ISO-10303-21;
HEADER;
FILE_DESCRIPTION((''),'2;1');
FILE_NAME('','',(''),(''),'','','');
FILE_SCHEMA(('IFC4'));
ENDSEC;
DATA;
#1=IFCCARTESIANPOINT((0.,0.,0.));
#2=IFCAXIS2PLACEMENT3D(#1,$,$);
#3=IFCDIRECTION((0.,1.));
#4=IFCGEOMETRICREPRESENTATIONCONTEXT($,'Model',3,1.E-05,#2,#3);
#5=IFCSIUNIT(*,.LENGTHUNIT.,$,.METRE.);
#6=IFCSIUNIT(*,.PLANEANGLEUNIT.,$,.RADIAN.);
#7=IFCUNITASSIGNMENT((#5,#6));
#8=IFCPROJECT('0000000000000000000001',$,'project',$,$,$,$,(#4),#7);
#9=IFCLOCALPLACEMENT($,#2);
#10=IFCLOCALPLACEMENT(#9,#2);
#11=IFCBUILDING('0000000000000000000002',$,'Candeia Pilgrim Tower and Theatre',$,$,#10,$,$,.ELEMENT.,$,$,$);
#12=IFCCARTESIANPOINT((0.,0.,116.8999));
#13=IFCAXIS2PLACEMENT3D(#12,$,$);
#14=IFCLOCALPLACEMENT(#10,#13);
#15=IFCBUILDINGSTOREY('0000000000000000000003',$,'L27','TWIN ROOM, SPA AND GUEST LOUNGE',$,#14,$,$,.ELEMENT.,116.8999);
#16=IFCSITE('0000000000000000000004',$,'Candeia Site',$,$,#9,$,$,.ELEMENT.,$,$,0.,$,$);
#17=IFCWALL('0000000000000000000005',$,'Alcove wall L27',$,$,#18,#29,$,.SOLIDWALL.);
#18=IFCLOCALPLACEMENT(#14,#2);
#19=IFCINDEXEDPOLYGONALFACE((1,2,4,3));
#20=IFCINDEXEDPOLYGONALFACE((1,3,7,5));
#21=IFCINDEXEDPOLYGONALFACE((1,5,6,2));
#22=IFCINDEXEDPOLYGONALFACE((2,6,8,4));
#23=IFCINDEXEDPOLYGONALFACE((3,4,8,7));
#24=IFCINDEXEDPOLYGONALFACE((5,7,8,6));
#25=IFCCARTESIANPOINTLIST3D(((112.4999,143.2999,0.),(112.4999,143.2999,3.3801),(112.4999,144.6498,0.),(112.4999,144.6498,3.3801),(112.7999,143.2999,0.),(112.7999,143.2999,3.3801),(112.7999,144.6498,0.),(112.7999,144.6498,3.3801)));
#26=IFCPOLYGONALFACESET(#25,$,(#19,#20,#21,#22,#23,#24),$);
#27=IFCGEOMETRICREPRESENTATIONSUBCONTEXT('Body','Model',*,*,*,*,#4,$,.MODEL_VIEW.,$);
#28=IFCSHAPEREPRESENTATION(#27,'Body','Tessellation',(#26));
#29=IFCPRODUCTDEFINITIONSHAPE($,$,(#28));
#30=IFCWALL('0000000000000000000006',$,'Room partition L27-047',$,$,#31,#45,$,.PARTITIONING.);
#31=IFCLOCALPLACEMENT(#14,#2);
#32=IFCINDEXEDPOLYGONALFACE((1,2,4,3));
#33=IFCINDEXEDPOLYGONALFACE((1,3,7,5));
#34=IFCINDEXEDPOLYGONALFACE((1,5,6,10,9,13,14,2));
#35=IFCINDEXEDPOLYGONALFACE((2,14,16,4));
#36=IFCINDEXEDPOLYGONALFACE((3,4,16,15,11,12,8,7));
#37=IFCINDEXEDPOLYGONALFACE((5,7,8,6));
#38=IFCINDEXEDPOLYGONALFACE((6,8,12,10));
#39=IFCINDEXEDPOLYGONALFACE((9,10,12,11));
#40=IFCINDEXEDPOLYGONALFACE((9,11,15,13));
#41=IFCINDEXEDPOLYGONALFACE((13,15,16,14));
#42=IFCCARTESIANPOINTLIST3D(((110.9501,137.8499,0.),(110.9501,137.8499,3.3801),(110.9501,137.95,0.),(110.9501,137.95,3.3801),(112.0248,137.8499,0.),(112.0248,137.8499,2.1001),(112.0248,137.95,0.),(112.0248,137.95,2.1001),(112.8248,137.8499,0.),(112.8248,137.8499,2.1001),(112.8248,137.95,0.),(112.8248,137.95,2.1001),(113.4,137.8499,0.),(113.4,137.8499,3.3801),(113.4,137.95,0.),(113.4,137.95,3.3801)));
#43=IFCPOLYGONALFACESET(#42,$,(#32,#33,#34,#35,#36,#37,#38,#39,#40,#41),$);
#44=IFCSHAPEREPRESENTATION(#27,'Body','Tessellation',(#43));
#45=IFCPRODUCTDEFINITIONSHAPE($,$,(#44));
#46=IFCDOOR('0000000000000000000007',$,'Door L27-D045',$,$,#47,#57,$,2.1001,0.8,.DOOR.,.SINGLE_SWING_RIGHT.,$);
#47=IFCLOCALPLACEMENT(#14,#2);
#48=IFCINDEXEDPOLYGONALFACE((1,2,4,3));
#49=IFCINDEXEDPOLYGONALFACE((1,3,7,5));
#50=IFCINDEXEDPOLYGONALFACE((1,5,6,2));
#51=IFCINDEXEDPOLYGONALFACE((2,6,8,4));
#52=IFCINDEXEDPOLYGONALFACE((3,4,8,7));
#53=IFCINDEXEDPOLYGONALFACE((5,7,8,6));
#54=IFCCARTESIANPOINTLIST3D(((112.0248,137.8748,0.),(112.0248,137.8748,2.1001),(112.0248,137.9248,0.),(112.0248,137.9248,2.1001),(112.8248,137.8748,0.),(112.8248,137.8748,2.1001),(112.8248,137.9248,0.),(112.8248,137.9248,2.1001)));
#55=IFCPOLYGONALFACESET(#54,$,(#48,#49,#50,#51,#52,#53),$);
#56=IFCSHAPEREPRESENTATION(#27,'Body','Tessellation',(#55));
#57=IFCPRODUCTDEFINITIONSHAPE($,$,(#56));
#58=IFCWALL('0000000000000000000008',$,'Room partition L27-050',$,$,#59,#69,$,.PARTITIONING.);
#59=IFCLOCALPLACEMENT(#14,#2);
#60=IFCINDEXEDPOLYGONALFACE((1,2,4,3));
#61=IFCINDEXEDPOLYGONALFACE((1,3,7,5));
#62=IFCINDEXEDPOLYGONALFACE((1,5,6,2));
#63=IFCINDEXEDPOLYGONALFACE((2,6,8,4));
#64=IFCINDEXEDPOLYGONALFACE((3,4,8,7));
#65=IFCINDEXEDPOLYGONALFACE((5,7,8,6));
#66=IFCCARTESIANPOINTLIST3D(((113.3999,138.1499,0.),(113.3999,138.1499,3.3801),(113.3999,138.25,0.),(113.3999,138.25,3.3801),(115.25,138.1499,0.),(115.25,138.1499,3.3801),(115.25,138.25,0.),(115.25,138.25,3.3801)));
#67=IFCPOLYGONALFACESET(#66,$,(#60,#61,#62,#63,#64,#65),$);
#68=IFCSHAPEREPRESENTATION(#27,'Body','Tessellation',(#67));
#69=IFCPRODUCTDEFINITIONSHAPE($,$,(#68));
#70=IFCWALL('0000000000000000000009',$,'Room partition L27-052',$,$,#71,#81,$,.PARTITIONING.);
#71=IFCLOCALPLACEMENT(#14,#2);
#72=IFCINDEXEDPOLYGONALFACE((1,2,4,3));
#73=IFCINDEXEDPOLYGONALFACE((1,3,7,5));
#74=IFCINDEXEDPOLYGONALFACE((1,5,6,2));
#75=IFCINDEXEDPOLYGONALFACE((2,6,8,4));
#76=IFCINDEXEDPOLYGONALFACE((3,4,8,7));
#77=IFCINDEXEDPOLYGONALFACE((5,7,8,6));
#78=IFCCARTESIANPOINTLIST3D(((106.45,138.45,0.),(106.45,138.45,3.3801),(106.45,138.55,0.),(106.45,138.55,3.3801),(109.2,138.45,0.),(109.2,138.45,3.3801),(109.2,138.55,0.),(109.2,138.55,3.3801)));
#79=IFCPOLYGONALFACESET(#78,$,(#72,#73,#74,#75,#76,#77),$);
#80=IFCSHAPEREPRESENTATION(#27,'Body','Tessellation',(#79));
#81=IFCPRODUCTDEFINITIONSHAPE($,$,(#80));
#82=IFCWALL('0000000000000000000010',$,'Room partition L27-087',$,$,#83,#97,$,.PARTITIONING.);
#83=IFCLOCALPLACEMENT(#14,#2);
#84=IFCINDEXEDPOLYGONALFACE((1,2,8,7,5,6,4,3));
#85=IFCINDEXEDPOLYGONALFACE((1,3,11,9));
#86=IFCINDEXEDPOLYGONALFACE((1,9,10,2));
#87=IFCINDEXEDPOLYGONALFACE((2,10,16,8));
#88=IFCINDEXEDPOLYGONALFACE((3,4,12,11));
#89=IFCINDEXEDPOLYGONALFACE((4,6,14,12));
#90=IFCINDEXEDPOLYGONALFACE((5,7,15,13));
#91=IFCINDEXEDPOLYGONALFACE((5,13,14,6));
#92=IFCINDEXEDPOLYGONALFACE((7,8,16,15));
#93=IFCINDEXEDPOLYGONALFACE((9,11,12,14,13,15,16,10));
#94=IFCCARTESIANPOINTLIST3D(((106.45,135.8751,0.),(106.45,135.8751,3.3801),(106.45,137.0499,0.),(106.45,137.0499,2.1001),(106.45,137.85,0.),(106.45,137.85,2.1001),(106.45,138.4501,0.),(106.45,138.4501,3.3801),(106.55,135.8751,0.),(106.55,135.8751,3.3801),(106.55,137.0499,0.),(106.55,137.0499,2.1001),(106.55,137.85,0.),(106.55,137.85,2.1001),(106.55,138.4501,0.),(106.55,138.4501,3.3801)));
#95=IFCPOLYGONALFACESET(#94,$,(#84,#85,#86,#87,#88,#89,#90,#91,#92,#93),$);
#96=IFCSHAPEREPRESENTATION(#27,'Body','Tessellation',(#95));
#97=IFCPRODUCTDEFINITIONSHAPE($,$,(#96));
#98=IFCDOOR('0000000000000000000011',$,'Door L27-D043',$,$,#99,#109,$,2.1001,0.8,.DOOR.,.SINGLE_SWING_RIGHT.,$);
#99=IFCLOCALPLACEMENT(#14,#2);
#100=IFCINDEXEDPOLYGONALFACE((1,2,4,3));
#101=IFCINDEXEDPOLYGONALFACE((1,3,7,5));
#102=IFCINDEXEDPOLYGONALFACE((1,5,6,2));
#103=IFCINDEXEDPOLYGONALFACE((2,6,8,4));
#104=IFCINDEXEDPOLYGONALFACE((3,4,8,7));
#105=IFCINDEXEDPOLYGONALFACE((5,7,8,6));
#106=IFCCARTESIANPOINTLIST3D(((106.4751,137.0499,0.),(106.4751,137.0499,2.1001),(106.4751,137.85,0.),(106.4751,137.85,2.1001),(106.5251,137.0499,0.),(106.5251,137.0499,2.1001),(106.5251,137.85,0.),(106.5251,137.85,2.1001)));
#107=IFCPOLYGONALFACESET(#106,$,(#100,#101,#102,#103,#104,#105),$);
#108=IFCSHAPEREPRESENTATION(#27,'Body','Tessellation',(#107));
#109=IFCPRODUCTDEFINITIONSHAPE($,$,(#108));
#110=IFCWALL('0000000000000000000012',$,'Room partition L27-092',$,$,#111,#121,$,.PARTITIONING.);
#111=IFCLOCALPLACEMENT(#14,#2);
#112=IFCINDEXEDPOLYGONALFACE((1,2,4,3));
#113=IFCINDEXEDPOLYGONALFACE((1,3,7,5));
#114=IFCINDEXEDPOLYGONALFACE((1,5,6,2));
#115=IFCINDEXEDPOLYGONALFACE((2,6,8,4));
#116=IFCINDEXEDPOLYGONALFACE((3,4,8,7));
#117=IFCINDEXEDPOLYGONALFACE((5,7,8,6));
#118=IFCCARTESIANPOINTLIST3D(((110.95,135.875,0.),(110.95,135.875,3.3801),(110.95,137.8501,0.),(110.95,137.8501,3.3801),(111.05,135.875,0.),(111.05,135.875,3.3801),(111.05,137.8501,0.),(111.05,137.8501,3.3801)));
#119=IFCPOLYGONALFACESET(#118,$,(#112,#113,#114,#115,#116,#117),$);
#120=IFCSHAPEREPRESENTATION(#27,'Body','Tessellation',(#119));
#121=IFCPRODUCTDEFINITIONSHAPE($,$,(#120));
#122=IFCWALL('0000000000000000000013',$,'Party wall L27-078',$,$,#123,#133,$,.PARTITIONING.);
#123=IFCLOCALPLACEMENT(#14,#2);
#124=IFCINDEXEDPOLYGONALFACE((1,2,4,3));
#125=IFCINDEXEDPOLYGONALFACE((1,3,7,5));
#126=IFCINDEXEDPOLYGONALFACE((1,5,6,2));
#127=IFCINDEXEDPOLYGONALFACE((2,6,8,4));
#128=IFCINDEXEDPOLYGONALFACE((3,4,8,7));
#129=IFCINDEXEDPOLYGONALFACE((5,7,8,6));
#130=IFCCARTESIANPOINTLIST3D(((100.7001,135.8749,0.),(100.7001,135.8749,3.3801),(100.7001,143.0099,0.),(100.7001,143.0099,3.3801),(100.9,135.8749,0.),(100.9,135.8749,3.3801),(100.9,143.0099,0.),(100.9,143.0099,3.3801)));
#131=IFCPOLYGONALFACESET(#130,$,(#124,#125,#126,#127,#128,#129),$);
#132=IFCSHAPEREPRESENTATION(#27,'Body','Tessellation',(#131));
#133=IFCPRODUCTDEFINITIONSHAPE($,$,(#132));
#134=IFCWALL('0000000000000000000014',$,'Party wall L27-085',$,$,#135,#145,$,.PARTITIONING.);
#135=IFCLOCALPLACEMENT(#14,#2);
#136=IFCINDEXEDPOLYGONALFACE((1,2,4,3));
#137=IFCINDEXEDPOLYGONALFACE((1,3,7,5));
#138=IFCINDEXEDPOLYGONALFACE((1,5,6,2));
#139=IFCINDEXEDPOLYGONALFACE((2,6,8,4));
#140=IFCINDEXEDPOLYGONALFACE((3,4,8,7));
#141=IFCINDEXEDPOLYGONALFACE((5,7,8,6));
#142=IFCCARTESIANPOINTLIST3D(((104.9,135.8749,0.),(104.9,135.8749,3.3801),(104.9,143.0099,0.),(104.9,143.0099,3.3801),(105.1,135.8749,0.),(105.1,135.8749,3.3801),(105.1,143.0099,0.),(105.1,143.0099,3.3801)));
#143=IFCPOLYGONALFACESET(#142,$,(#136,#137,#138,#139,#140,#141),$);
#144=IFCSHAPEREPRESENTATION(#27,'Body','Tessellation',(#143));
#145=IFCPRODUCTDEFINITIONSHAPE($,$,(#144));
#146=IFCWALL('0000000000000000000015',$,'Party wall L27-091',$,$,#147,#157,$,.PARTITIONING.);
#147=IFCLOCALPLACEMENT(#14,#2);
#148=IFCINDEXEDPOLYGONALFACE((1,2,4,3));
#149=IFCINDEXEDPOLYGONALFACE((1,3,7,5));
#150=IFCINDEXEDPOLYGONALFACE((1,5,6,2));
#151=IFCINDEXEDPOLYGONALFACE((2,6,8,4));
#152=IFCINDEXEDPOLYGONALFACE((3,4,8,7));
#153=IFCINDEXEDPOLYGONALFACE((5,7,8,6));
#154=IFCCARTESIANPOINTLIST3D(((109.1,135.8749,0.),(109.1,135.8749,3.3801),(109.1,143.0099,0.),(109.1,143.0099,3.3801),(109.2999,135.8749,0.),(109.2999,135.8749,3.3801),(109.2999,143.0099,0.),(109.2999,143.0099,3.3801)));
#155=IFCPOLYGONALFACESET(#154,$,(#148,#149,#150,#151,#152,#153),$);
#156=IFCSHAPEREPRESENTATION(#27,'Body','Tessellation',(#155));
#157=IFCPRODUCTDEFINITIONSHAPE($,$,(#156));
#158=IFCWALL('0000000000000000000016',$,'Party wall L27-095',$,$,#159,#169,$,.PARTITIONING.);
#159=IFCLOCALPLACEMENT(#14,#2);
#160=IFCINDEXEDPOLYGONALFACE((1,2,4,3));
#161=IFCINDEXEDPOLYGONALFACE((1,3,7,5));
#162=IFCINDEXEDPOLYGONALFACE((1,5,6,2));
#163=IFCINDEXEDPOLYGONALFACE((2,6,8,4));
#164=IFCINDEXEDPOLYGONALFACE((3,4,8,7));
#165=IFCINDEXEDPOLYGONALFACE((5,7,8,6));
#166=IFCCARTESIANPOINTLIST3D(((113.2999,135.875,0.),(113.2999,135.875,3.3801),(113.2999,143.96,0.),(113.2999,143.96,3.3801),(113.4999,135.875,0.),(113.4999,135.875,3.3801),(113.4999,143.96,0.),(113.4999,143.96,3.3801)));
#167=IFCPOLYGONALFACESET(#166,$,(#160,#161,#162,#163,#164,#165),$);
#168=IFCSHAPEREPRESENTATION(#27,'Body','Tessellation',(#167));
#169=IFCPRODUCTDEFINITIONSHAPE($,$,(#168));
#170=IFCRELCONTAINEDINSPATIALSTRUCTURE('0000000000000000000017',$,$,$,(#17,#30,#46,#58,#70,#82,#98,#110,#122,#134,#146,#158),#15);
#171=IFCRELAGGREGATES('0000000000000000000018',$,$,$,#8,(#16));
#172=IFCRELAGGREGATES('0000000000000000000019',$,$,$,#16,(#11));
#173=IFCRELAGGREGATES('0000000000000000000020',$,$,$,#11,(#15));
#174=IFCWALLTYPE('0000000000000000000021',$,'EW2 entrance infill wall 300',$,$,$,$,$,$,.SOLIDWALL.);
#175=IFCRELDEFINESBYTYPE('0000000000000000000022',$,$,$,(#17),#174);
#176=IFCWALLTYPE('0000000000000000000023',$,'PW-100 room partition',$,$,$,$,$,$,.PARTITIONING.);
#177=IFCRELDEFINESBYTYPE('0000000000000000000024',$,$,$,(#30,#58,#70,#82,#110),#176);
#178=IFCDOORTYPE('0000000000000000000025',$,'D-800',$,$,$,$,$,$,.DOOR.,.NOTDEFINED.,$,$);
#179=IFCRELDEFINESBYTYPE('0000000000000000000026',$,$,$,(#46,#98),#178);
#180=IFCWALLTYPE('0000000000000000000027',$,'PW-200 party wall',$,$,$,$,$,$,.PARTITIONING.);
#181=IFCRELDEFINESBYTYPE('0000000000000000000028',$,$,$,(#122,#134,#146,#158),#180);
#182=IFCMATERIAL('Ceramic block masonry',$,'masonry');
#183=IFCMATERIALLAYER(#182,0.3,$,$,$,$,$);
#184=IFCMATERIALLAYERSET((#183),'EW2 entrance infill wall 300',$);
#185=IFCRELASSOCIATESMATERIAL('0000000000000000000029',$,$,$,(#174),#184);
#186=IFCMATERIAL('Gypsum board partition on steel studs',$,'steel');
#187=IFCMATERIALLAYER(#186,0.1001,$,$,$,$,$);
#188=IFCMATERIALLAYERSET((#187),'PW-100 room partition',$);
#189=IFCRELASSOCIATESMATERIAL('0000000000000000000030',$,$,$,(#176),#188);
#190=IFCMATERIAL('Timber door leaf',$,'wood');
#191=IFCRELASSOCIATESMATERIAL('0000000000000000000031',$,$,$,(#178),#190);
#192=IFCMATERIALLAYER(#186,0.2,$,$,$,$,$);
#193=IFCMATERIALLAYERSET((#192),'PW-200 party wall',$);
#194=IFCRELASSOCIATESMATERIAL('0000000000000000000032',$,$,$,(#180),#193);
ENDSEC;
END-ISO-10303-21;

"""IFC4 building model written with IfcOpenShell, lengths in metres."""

from ifc_helpers import new_model, si_unit, direction, frame, frame_2d, origin, place, context, subcontext, project, spatial, rectangle, extrude, material, layer, layer_set, type_object, element, fill, save


model = new_model("IFC4")

# Units and contexts
model_context = context("Model", 3, precision=1e-05, world=origin(), true_north=direction((0.0, 1.0)))
body_context = subcontext(model_context, "Body", "Model", "MODEL_VIEW")
ifc_project = project(units=[si_unit("LENGTHUNIT", "METRE"), si_unit("PLANEANGLEUNIT", "RADIAN")], contexts=[model_context])

# Site, building, storey
site_placement = place(None, origin())
site = spatial("IfcSite", under=ifc_project, at=site_placement, Name="Candeia Site", CompositionType="ELEMENT", RefElevation=0.0)
building_placement = place(site_placement, origin())
building = spatial("IfcBuilding", under=site, at=building_placement, Name="Candeia Pilgrim Tower and Theatre", CompositionType="ELEMENT")
storey_placement = place(building_placement, frame((0.0, 0.0, 116.8999)))
storey = spatial("IfcBuildingStorey", under=building, at=storey_placement, Name="L27", Description="TWIN ROOM, SPA AND GUEST LOUNGE", CompositionType="ELEMENT", Elevation=116.8999)

# Shared definitions
ifc_material_1 = material(Name="Ceramic block masonry", Category="masonry")

# Wall
ifc_layer_1 = layer(ifc_material_1, 0.3)
ifc_layer_set_1 = layer_set([ifc_layer_1], Name="EW2 entrance infill wall 300")
wall_type_1 = type_object("IfcWallType", Name="EW2 entrance infill wall 300", PredefinedType="SOLIDWALL", material=ifc_layer_set_1)
wall_1_placement = place(storey_placement, frame((112.6499, 143.3, 0.0), z_axis=(0.0, 0.0, 1.0), x_axis=(0.0, 1.0, 0.0)))
element("IfcWall", 1, at=wall_1_placement, inside=storey, type_object=wall_type_1, Name="Alcove wall L27", PredefinedType="SOLIDWALL", context=body_context, shape_type="SweptSolid", body=[
    extrude(rectangle(XDim=1.3499, YDim=0.3, at=frame_2d((0.6748, 0.0))), origin(), (0.0, 0.0, 1.0), 3.3801),
])

# Wall, opening, door
ifc_material_2 = material(Name="Gypsum board partition on steel studs", Category="steel")
ifc_layer_2 = layer(ifc_material_2, 0.1001)
ifc_layer_set_2 = layer_set([ifc_layer_2], Name="PW-100 room partition")
wall_type_2 = type_object("IfcWallType", Name="PW-100 room partition", PredefinedType="PARTITIONING", material=ifc_layer_set_2)
wall_2_placement = place(storey_placement, frame((110.95, 137.8999, 0.0), z_axis=(0.0, 0.0, 1.0), x_axis=(1.0, 0.0, 0.0)))
wall_2 = element("IfcWall", 2, at=wall_2_placement, inside=storey, type_object=wall_type_2, Name="Room partition L27-047", PredefinedType="PARTITIONING", context=body_context, shape_type="SweptSolid", body=[
    extrude(rectangle(XDim=2.45, YDim=0.1001, at=frame_2d((1.2251, 0.0))), origin(), (0.0, 0.0, 1.0), 3.3801),
])
opening_1_placement = place(wall_2_placement, frame((1.075, 0.0, 0.0)))
opening_1 = element("IfcOpeningElement", 3, at=opening_1_placement, cuts=wall_2, PredefinedType="OPENING", context=body_context, shape_type="SweptSolid", body=[
    extrude(rectangle(XDim=0.8, YDim=2.1001, at=frame_2d((0.3999, 1.05))), frame((0.0, 0.0601, 0.0), z_axis=(0.0, -1.0, 0.0), x_axis=(1.0, 0.0, 0.0)), (0.0, 0.0, 1.0), 0.1201),
])
ifc_material_3 = material(Name="Timber door leaf", Category="wood")
door_type_1 = type_object("IfcDoorType", Name="D-800", OperationType="NOTDEFINED", PredefinedType="DOOR", material=ifc_material_3)
door_1_placement = place(opening_1_placement, origin())
door_1 = element("IfcDoor", 4, at=door_1_placement, inside=storey, type_object=door_type_1, Name="Door L27-D045", OperationType="SINGLE_SWING_RIGHT", OverallHeight=2.1001, OverallWidth=0.8, PredefinedType="DOOR", context=body_context, shape_type="SweptSolid", body=[
    extrude(rectangle(XDim=0.8, YDim=2.1001, at=frame_2d((0.3999, 1.05))), frame((0.0, 0.0249, 0.0), z_axis=(0.0, -1.0, 0.0), x_axis=(1.0, 0.0, 0.0)), (0.0, 0.0, 1.0), 0.05),
])
fill(opening_1, door_1)

# Walls
wall_3_placement = place(storey_placement, frame((113.3999, 138.2, 0.0), z_axis=(0.0, 0.0, 1.0), x_axis=(1.0, 0.0, 0.0)))
element("IfcWall", 5, at=wall_3_placement, inside=storey, type_object=wall_type_2, Name="Room partition L27-050", PredefinedType="PARTITIONING", context=body_context, shape_type="SweptSolid", body=[
    extrude(rectangle(XDim=1.8501, YDim=0.1001, at=frame_2d((0.925, 0.0))), origin(), (0.0, 0.0, 1.0), 3.3801),
])
wall_4_placement = place(storey_placement, frame((106.45, 138.5, 0.0), z_axis=(0.0, 0.0, 1.0), x_axis=(1.0, 0.0, 0.0)))
element("IfcWall", 6, at=wall_4_placement, inside=storey, type_object=wall_type_2, Name="Room partition L27-052", PredefinedType="PARTITIONING", context=body_context, shape_type="SweptSolid", body=[
    extrude(rectangle(XDim=2.75, YDim=0.1001, at=frame_2d((1.375, 0.0))), origin(), (0.0, 0.0, 1.0), 3.3801),
])

# Wall, opening, door
wall_5_placement = place(storey_placement, frame((106.5, 135.875, 0.0), z_axis=(0.0, 0.0, 1.0), x_axis=(0.0, 1.0, 0.0)))
wall_5 = element("IfcWall", 7, at=wall_5_placement, inside=storey, type_object=wall_type_2, Name="Room partition L27-087", PredefinedType="PARTITIONING", context=body_context, shape_type="SweptSolid", body=[
    extrude(rectangle(XDim=2.575, YDim=0.1001, at=frame_2d((1.2876, 0.0))), origin(), (0.0, 0.0, 1.0), 3.3801),
])
opening_2_placement = place(wall_5_placement, frame((1.175, 0.0, 0.0)))
opening_2 = element("IfcOpeningElement", 8, at=opening_2_placement, cuts=wall_5, PredefinedType="OPENING", context=body_context, shape_type="SweptSolid", body=[
    extrude(rectangle(XDim=0.8, YDim=2.1001, at=frame_2d((0.3999, 1.05))), frame((0.0, 0.0601, 0.0), z_axis=(0.0, -1.0, 0.0), x_axis=(1.0, 0.0, 0.0)), (0.0, 0.0, 1.0), 0.1201),
])
door_2_placement = place(opening_2_placement, origin())
door_2 = element("IfcDoor", 9, at=door_2_placement, inside=storey, type_object=door_type_1, Name="Door L27-D043", OperationType="SINGLE_SWING_RIGHT", OverallHeight=2.1001, OverallWidth=0.8, PredefinedType="DOOR", context=body_context, shape_type="SweptSolid", body=[
    extrude(rectangle(XDim=0.8, YDim=2.1001, at=frame_2d((0.3999, 1.05))), frame((0.0, 0.0249, 0.0), z_axis=(0.0, -1.0, 0.0), x_axis=(1.0, 0.0, 0.0)), (0.0, 0.0, 1.0), 0.05),
])
fill(opening_2, door_2)

# Walls
wall_6_placement = place(storey_placement, frame((111.0, 135.875, 0.0), z_axis=(0.0, 0.0, 1.0), x_axis=(0.0, 1.0, 0.0)))
element("IfcWall", 10, at=wall_6_placement, inside=storey, type_object=wall_type_2, Name="Room partition L27-092", PredefinedType="PARTITIONING", context=body_context, shape_type="SweptSolid", body=[
    extrude(rectangle(XDim=1.9751, YDim=0.1001, at=frame_2d((0.9875, 0.0))), origin(), (0.0, 0.0, 1.0), 3.3801),
])
ifc_layer_3 = layer(ifc_material_2, 0.2)
ifc_layer_set_3 = layer_set([ifc_layer_3], Name="PW-200 party wall")
wall_type_3 = type_object("IfcWallType", Name="PW-200 party wall", PredefinedType="PARTITIONING", material=ifc_layer_set_3)
for number, where, z_axis, x_axis, name in (
    (11, (100.8, 135.875, 0.0), (0.0, 0.0, 1.0), (0.0, 1.0, 0.0), "Party wall L27-078"),
    (12, (105.0, 135.875, 0.0), (0.0, 0.0, 1.0), (0.0, 1.0, 0.0), "Party wall L27-085"),
    (13, (109.2, 135.875, 0.0), (0.0, 0.0, 1.0), (0.0, 1.0, 0.0), "Party wall L27-091"),
):
    element("IfcWall", number, at=place(storey_placement, frame(where, z_axis=z_axis, x_axis=x_axis)), inside=storey, type_object=wall_type_3, Name=name, PredefinedType="PARTITIONING", context=body_context, shape_type="SweptSolid", body=[
        extrude(rectangle(XDim=7.135, YDim=0.2, at=frame_2d((3.5674, 0.0))), origin(), (0.0, 0.0, 1.0), 3.3801),
    ])
wall_7_placement = place(storey_placement, frame((113.3999, 135.875, 0.0), z_axis=(0.0, 0.0, 1.0), x_axis=(0.0, 1.0, 0.0)))
element("IfcWall", 14, at=wall_7_placement, inside=storey, type_object=wall_type_3, Name="Party wall L27-095", PredefinedType="PARTITIONING", context=body_context, shape_type="SweptSolid", body=[
    extrude(rectangle(XDim=8.085, YDim=0.2, at=frame_2d((4.0425, 0.0))), origin(), (0.0, 0.0, 1.0), 3.3801),
])

save(model, "model.ifc")
